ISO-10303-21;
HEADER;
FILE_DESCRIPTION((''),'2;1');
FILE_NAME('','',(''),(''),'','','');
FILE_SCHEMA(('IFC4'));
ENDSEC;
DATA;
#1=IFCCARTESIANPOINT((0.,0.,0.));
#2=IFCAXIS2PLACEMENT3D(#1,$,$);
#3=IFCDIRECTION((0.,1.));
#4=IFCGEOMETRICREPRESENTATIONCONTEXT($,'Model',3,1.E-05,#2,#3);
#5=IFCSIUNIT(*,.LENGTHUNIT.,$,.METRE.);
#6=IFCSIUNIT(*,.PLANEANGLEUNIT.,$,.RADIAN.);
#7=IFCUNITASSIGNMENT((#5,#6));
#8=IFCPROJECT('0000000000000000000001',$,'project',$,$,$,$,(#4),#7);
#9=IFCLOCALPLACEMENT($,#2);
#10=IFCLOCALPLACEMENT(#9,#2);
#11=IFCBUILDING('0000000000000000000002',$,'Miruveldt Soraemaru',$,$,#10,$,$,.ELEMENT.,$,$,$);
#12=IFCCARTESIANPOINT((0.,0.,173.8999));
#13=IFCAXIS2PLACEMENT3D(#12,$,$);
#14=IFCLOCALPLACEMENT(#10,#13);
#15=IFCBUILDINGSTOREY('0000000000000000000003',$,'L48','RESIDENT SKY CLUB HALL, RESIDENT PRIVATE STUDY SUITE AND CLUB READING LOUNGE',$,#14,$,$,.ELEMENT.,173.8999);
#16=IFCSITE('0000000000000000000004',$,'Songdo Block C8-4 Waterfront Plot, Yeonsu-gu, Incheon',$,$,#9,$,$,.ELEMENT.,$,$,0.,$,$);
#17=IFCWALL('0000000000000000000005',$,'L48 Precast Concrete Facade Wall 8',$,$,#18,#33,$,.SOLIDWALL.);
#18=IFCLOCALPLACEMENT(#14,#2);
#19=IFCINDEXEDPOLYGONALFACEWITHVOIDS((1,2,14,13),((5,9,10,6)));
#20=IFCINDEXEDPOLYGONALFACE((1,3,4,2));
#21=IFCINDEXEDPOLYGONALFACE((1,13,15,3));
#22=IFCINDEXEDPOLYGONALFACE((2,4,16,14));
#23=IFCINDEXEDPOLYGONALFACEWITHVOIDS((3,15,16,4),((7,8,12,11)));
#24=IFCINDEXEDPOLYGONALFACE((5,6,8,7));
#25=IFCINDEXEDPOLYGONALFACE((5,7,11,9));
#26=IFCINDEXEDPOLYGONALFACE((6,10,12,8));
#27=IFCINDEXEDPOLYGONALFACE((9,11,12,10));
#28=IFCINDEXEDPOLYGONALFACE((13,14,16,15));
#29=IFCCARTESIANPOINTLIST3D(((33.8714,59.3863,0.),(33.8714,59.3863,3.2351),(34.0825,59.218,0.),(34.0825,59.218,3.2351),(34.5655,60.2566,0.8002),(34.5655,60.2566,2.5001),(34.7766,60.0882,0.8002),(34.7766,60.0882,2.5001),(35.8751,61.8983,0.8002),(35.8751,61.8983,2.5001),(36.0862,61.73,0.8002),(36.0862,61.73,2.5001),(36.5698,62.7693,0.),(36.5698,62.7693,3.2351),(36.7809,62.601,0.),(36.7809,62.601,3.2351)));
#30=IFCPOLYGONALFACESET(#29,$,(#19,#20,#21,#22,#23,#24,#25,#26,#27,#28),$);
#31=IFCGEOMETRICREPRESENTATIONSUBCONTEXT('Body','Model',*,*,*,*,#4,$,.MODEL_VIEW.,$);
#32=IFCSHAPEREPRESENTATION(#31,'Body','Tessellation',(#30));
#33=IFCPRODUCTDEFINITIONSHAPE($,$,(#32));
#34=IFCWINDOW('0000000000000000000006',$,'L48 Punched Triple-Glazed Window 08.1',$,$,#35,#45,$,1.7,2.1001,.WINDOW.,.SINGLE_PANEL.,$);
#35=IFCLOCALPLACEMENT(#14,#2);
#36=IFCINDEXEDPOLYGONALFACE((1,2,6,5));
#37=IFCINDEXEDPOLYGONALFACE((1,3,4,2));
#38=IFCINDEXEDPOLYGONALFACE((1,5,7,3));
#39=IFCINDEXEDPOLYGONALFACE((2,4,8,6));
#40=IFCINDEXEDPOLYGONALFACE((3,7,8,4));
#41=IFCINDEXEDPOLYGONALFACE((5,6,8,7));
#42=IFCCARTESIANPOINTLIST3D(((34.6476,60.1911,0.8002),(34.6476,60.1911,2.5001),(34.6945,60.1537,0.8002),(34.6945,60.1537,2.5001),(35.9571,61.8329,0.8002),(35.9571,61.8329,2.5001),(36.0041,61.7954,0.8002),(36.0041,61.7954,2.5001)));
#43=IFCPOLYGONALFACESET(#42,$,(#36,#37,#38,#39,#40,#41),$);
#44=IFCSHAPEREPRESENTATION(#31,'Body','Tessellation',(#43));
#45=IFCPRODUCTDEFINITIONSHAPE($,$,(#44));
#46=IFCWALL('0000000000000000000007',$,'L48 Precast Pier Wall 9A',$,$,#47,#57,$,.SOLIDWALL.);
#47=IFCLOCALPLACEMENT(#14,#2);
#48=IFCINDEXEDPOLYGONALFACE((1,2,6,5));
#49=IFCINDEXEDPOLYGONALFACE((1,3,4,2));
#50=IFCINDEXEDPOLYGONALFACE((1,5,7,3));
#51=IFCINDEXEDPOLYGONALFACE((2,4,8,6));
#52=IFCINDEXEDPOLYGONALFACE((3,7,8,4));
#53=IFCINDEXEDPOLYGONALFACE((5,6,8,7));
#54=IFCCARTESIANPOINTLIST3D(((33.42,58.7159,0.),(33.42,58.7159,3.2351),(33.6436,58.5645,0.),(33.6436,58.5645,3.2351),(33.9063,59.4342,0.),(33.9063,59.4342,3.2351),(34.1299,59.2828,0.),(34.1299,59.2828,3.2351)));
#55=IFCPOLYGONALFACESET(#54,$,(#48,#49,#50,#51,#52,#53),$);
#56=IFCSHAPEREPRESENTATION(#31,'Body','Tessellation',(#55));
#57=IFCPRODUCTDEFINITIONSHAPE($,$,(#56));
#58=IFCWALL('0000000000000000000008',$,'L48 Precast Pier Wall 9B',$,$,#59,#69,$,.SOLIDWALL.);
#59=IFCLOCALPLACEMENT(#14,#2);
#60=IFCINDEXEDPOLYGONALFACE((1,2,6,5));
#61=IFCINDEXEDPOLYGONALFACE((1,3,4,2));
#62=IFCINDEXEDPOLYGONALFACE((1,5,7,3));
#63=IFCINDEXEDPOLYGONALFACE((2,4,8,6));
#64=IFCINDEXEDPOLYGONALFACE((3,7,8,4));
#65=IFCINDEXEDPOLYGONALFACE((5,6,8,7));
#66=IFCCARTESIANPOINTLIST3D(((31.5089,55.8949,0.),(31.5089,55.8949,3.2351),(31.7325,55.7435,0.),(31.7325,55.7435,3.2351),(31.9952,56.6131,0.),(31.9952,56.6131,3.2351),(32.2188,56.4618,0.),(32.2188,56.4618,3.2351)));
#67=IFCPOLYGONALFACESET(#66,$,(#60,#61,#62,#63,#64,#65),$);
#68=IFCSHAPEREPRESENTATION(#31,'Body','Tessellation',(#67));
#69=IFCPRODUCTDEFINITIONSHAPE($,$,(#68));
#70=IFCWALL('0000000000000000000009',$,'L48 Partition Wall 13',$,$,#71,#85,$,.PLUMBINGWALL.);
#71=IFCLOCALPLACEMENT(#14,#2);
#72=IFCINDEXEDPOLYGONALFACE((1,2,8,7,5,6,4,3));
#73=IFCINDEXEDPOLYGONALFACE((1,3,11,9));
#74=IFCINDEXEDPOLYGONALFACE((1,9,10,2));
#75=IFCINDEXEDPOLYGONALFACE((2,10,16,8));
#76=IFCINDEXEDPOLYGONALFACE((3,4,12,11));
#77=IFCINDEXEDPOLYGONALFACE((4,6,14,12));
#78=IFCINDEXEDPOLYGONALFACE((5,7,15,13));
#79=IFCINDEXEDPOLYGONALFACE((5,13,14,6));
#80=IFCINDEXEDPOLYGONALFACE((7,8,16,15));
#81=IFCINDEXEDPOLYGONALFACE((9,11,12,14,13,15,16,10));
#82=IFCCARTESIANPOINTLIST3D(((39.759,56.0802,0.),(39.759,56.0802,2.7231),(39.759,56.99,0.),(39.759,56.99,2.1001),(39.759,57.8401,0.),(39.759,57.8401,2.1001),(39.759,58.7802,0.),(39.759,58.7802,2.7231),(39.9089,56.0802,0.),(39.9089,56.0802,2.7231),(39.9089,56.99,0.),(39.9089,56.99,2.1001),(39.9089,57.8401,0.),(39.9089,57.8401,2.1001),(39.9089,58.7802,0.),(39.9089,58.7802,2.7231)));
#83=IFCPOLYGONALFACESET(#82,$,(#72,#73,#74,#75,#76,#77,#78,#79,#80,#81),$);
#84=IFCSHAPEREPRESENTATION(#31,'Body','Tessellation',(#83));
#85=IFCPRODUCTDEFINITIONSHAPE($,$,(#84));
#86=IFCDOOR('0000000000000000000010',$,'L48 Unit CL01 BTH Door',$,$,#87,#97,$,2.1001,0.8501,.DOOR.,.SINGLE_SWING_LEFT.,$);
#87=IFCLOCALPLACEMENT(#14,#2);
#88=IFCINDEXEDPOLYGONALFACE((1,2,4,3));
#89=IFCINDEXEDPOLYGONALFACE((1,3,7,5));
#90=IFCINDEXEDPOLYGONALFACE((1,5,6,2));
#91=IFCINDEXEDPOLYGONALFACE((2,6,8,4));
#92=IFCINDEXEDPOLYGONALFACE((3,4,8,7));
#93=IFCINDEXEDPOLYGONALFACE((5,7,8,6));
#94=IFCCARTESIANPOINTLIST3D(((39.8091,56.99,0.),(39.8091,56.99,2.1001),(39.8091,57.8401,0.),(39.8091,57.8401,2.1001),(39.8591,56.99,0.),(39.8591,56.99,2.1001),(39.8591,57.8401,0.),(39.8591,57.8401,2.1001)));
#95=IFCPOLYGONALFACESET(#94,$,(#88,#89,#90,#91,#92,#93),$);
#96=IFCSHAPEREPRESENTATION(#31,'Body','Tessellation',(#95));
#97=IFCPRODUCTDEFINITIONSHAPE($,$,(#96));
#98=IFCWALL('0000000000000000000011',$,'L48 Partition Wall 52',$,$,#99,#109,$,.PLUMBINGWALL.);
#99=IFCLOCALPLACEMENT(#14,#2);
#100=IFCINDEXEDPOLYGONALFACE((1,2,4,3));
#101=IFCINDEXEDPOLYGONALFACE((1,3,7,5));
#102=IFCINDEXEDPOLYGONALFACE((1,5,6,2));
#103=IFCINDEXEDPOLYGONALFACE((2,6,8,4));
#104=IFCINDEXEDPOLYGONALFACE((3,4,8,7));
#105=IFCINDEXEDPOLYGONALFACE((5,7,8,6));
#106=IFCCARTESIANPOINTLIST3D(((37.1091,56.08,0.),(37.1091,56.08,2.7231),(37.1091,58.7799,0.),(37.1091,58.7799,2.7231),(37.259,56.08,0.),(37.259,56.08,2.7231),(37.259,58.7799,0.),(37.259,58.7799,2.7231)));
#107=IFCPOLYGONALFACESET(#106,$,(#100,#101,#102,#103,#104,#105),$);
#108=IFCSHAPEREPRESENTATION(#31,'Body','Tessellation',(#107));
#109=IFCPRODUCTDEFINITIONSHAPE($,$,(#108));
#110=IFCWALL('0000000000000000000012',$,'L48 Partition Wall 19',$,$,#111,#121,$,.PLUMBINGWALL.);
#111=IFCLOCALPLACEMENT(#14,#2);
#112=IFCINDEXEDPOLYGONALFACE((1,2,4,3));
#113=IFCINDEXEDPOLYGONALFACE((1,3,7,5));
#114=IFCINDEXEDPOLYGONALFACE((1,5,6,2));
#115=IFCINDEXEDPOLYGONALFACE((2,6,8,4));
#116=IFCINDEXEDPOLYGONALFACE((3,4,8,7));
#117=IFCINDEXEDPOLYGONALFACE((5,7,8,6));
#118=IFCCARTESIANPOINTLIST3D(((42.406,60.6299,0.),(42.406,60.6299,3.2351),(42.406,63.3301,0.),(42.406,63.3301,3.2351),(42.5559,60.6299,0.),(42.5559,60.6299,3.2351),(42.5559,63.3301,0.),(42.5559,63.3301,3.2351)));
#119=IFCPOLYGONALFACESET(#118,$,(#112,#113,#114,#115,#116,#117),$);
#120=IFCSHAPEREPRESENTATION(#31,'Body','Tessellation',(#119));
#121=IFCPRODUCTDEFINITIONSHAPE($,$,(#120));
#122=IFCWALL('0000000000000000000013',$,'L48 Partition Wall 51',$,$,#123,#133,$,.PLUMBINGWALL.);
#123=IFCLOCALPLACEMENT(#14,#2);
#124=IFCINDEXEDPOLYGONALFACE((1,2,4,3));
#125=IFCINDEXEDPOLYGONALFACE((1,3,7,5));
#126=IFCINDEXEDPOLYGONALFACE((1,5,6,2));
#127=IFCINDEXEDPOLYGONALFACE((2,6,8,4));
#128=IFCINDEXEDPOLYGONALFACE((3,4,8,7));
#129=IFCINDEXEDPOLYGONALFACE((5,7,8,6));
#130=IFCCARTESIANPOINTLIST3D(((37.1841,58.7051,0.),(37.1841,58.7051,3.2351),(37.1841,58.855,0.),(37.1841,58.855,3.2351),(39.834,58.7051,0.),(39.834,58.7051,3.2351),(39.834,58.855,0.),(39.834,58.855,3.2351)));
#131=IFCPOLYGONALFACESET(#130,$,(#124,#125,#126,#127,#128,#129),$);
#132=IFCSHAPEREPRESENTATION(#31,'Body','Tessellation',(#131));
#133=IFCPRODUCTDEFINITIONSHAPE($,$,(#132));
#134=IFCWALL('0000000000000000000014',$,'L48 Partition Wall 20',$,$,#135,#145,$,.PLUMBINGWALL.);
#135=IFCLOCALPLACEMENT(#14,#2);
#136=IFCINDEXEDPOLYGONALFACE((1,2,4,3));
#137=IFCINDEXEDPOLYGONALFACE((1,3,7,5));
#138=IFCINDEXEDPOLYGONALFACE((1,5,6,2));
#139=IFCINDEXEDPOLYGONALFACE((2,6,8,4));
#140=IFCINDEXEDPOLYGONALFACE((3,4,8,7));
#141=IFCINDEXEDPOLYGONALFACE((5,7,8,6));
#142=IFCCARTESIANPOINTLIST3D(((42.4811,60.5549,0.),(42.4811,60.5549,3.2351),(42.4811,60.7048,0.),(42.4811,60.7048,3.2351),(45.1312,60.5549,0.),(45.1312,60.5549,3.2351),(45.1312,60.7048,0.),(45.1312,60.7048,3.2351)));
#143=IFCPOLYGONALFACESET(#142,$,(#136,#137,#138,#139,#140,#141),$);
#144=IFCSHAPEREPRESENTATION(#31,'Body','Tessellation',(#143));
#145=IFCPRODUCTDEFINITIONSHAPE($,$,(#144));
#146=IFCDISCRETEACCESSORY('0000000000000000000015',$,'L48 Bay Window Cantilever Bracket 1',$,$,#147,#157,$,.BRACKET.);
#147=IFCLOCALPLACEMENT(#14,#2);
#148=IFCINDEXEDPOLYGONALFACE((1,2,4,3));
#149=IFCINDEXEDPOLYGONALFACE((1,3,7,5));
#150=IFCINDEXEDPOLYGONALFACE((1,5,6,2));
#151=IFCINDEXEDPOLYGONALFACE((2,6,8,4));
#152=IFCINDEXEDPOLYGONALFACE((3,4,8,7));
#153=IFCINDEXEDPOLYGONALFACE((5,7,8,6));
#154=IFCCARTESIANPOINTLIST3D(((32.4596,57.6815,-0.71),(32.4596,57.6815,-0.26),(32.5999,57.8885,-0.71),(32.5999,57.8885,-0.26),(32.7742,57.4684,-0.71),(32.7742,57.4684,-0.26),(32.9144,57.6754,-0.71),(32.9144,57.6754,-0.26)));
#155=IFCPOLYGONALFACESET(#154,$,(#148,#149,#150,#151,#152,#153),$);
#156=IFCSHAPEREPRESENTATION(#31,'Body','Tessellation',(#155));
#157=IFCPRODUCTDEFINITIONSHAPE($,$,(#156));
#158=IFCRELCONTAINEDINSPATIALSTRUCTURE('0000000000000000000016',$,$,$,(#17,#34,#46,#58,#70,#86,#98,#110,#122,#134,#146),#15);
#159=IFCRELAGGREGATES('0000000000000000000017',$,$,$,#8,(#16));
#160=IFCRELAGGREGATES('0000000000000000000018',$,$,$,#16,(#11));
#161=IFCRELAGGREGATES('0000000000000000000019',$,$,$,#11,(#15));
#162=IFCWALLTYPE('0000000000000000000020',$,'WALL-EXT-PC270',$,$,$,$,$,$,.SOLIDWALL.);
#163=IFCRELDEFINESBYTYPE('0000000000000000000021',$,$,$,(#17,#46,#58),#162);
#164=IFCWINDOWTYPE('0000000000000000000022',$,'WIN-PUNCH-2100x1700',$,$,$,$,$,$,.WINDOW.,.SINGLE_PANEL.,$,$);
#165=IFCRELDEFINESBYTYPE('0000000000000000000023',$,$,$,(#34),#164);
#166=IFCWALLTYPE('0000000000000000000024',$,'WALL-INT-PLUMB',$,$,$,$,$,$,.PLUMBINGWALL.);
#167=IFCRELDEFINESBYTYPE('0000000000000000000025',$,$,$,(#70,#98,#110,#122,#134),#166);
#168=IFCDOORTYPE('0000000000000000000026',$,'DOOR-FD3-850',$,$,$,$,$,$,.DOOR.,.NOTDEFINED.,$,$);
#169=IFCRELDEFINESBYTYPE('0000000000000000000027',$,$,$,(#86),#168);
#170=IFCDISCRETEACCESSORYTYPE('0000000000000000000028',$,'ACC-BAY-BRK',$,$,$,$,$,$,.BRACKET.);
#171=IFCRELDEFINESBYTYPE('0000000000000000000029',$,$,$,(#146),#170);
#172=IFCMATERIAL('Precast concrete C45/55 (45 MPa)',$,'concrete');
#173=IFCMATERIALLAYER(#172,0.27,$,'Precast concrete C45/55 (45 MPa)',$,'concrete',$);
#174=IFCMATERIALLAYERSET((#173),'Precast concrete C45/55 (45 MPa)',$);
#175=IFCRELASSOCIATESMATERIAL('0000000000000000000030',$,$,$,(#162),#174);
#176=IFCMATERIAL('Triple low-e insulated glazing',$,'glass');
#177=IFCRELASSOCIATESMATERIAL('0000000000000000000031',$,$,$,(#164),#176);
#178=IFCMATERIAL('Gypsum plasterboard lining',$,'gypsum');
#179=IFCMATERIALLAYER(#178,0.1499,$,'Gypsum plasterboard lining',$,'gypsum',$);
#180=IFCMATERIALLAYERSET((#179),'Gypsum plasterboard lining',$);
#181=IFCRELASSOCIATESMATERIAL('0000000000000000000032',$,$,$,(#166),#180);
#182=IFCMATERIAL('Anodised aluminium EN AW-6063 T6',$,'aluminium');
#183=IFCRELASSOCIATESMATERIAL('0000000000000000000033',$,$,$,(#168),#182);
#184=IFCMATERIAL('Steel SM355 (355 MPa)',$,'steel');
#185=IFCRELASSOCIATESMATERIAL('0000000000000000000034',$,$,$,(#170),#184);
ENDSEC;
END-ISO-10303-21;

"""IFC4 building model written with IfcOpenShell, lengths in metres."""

from ifc_helpers import new_model, si_unit, direction, frame, frame_2d, origin, origin_2d, place, context, subcontext, project, spatial, rectangle, extrude, material, layer, layer_set, type_object, element, fill, save


model = new_model("IFC4")

# Units and contexts
model_context = context("Model", 3, precision=1e-05, world=origin(), true_north=direction((0.0, 1.0)))
body_context = subcontext(model_context, "Body", "Model", "MODEL_VIEW")
ifc_project = project(units=[si_unit("LENGTHUNIT", "METRE"), si_unit("PLANEANGLEUNIT", "RADIAN")], contexts=[model_context])

# Site, building, storey
site_placement = place(None, origin())
site = spatial("IfcSite", under=ifc_project, at=site_placement, Name="Songdo Block C8-4 Waterfront Plot, Yeonsu-gu, Incheon", CompositionType="ELEMENT", RefElevation=0.0)
building_placement = place(site_placement, origin())
building = spatial("IfcBuilding", under=site, at=building_placement, Name="Miruveldt Soraemaru", CompositionType="ELEMENT")
storey_placement = place(building_placement, frame((0.0, 0.0, 173.8999)))
storey = spatial("IfcBuildingStorey", under=building, at=storey_placement, Name="L48", Description="RESIDENT SKY CLUB HALL, RESIDENT PRIVATE STUDY SUITE AND CLUB READING LOUNGE", CompositionType="ELEMENT", Elevation=173.8999)

# Wall, opening, window
ifc_material_1 = material(Name="Triple low-e insulated glazing", Category="glass")
ifc_material_2 = material(Name="Precast concrete C45/55 (45 MPa)", Category="concrete")
ifc_layer_1 = layer(ifc_material_2, 0.27, Name="Precast concrete C45/55 (45 MPa)", Category="concrete")
ifc_layer_set_1 = layer_set([ifc_layer_1], Name="Precast concrete C45/55 (45 MPa)")
wall_type_1 = type_object("IfcWallType", Name="WALL-EXT-PC270", PredefinedType="SOLIDWALL", material=ifc_layer_set_1)
window_type_1 = type_object("IfcWindowType", Name="WIN-PUNCH-2100x1700", PartitioningType="SINGLE_PANEL", PredefinedType="WINDOW", material=ifc_material_1)
wall_1_placement = place(storey_placement, frame((36.6753, 62.6851, 0.0), z_axis=(0.0, 0.0, 1.0), x_axis=(-0.623573, -0.781765, 0.0)))
wall_1 = element("IfcWall", 1, at=wall_1_placement, inside=storey, type_object=wall_type_1, Name="L48 Precast Concrete Facade Wall 8", PredefinedType="SOLIDWALL", context=body_context, shape_type="SweptSolid", body=[
    extrude(rectangle(XDim=4.3274, YDim=0.27, at=frame_2d((2.1636, 0.0))), origin(), (0.0, 0.0, 1.0), 3.2351),
])
opening_1_placement = place(wall_1_placement, frame((1.114, 0.0, 0.8)))
opening_1 = element("IfcOpeningElement", 2, at=opening_1_placement, cuts=wall_1, PredefinedType="OPENING", context=body_context, shape_type="SweptSolid", body=[
    extrude(rectangle(XDim=2.1001, YDim=1.7, at=frame_2d((1.05, 0.8501))), frame((0.0, 0.145, 0.0), z_axis=(0.0, -1.0, 0.0), x_axis=(1.0, 0.0, 0.0)), (0.0, 0.0, 1.0), 0.29),
])
window_1_placement = place(opening_1_placement, origin())
window_1 = element("IfcWindow", 3, at=window_1_placement, inside=storey, type_object=window_type_1, Name="L48 Punched Triple-Glazed Window 08.1", OverallHeight=1.7, OverallWidth=2.1001, PartitioningType="SINGLE_PANEL", PredefinedType="WINDOW", context=body_context, shape_type="SweptSolid", body=[
    extrude(rectangle(XDim=2.1001, YDim=1.7, at=frame_2d((1.05, 0.8501))), frame((0.0, 0.03, 0.0), z_axis=(0.0, -1.0, 0.0), x_axis=(1.0, 0.0, 0.0)), (0.0, 0.0, 1.0), 0.0601),
])
fill(opening_1, window_1)

# Walls
for number, where, z_axis, x_axis, name in (
    (4, (34.0181, 59.3584, 0.0), (0.0, 0.0, 1.0), (-0.560661, -0.828045, 0.0), "L48 Precast Pier Wall 9A"),
    (5, (32.1069, 56.5374, 0.0), (0.0, 0.0, 1.0), (-0.560661, -0.828045, 0.0), "L48 Precast Pier Wall 9B"),
):
    element("IfcWall", number, at=place(storey_placement, frame(where, z_axis=z_axis, x_axis=x_axis)), inside=storey, type_object=wall_type_1, Name=name, PredefinedType="SOLIDWALL", context=body_context, shape_type="SweptSolid", body=[
        extrude(rectangle(XDim=0.8674, YDim=0.27, at=frame_2d((0.4336, 0.0))), origin(), (0.0, 0.0, 1.0), 3.2351),
    ])

# Wall, opening, door
ifc_material_3 = material(Name="Gypsum plasterboard lining", Category="gypsum")
ifc_layer_2 = layer(ifc_material_3, 0.1499, Name="Gypsum plasterboard lining", Category="gypsum")
ifc_layer_set_2 = layer_set([ifc_layer_2], Name="Gypsum plasterboard lining")
wall_type_2 = type_object("IfcWallType", Name="WALL-INT-PLUMB", PredefinedType="PLUMBINGWALL", material=ifc_layer_set_2)
wall_2_placement = place(storey_placement, frame((39.834, 56.0801, 0.0), z_axis=(0.0, 0.0, 1.0), x_axis=(0.0, 1.0, 0.0)))
wall_2 = element("IfcWall", 6, at=wall_2_placement, inside=storey, type_object=wall_type_2, Name="L48 Partition Wall 13", PredefinedType="PLUMBINGWALL", context=body_context, shape_type="SweptSolid", body=[
    extrude(rectangle(XDim=2.7, YDim=0.1499, at=frame_2d((1.3501, 0.0))), origin(), (0.0, 0.0, 1.0), 2.7231),
])
opening_2_placement = place(wall_2_placement, frame((0.9099, 0.0, 0.0)))
opening_2 = element("IfcOpeningElement", 7, at=opening_2_placement, cuts=wall_2, PredefinedType="OPENING", context=body_context, shape_type="SweptSolid", body=[
    extrude(rectangle(XDim=0.8501, YDim=2.1001, at=frame_2d((0.425, 1.05))), frame((0.0, 0.085, 0.0), z_axis=(0.0, -1.0, 0.0), x_axis=(1.0, 0.0, 0.0)), (0.0, 0.0, 1.0), 0.1699),
])
ifc_material_4 = material(Name="Anodised aluminium EN AW-6063 T6", Category="aluminium")
door_type = type_object("IfcDoorType", Name="DOOR-FD3-850", OperationType="NOTDEFINED", PredefinedType="DOOR", material=ifc_material_4)
door_placement = place(opening_2_placement, origin())
door = element("IfcDoor", 8, at=door_placement, inside=storey, type_object=door_type, Name="L48 Unit CL01 BTH Door", OperationType="SINGLE_SWING_LEFT", OverallHeight=2.1001, OverallWidth=0.8501, PredefinedType="DOOR", context=body_context, shape_type="SweptSolid", body=[
    extrude(rectangle(XDim=0.8501, YDim=2.1001, at=frame_2d((0.425, 1.05))), frame((0.0, 0.0249, 0.0), z_axis=(0.0, -1.0, 0.0), x_axis=(1.0, 0.0, 0.0)), (0.0, 0.0, 1.0), 0.05),
])
fill(opening_2, door)

# Walls
wall_3_placement = place(storey_placement, frame((37.1841, 58.78, 0.0), z_axis=(0.0, 0.0, 1.0), x_axis=(0.0, -1.0, 0.0)))
element("IfcWall", 9, at=wall_3_placement, inside=storey, type_object=wall_type_2, Name="L48 Partition Wall 52", PredefinedType="PLUMBINGWALL", context=body_context, shape_type="SweptSolid", body=[
    extrude(rectangle(XDim=2.7, YDim=0.1499, at=frame_2d((1.3501, 0.0))), origin(), (0.0, 0.0, 1.0), 2.7231),
])
wall_4_placement = place(storey_placement, frame((42.481, 63.3301, 0.0), z_axis=(0.0, 0.0, 1.0), x_axis=(0.0, -1.0, 0.0)))
element("IfcWall", 10, at=wall_4_placement, inside=storey, type_object=wall_type_2, Name="L48 Partition Wall 19", PredefinedType="PLUMBINGWALL", context=body_context, shape_type="SweptSolid", body=[
    extrude(rectangle(XDim=2.7002, YDim=0.1499, at=frame_2d((1.3501, 0.0))), origin(), (0.0, 0.0, 1.0), 3.2351),
])
wall_5_placement = place(storey_placement, frame((39.834, 58.78, 0.0), z_axis=(0.0, 0.0, 1.0), x_axis=(-1.0, 0.0, 0.0)))
element("IfcWall", 11, at=wall_5_placement, inside=storey, type_object=wall_type_2, Name="L48 Partition Wall 51", PredefinedType="PLUMBINGWALL", context=body_context, shape_type="SweptSolid", body=[
    extrude(rectangle(XDim=2.6499, YDim=0.1499, at=frame_2d((1.325, 0.0))), origin(), (0.0, 0.0, 1.0), 3.2351),
])
wall_6_placement = place(storey_placement, frame((42.481, 60.6299, 0.0), z_axis=(0.0, 0.0, 1.0), x_axis=(1.0, 0.0, 0.0)))
element("IfcWall", 12, at=wall_6_placement, inside=storey, type_object=wall_type_2, Name="L48 Partition Wall 20", PredefinedType="PLUMBINGWALL", context=body_context, shape_type="SweptSolid", body=[
    extrude(rectangle(XDim=2.6501, YDim=0.1499, at=frame_2d((1.3252, 0.0))), origin(), (0.0, 0.0, 1.0), 3.2351),
])

# Discrete accessory
ifc_material_5 = material(Name="Steel SM355 (355 MPa)", Category="steel")
discrete_accessory_type = type_object("IfcDiscreteAccessoryType", Name="ACC-BAY-BRK", PredefinedType="BRACKET", material=ifc_material_5)
discrete_accessory_placement = place(storey_placement, frame((32.687, 57.6785, -0.71), z_axis=(0.0, 0.0, 1.0), x_axis=(-0.827923, 0.560841, 0.0)))
element("IfcDiscreteAccessory", 13, at=discrete_accessory_placement, inside=storey, type_object=discrete_accessory_type, Name="L48 Bay Window Cantilever Bracket 1", PredefinedType="BRACKET", context=body_context, shape_type="SweptSolid", body=[
    extrude(rectangle(XDim=0.3799, YDim=0.25, at=origin_2d()), origin(), (0.0, 0.0, 1.0), 0.45),
])

save(model, "model.ifc")
